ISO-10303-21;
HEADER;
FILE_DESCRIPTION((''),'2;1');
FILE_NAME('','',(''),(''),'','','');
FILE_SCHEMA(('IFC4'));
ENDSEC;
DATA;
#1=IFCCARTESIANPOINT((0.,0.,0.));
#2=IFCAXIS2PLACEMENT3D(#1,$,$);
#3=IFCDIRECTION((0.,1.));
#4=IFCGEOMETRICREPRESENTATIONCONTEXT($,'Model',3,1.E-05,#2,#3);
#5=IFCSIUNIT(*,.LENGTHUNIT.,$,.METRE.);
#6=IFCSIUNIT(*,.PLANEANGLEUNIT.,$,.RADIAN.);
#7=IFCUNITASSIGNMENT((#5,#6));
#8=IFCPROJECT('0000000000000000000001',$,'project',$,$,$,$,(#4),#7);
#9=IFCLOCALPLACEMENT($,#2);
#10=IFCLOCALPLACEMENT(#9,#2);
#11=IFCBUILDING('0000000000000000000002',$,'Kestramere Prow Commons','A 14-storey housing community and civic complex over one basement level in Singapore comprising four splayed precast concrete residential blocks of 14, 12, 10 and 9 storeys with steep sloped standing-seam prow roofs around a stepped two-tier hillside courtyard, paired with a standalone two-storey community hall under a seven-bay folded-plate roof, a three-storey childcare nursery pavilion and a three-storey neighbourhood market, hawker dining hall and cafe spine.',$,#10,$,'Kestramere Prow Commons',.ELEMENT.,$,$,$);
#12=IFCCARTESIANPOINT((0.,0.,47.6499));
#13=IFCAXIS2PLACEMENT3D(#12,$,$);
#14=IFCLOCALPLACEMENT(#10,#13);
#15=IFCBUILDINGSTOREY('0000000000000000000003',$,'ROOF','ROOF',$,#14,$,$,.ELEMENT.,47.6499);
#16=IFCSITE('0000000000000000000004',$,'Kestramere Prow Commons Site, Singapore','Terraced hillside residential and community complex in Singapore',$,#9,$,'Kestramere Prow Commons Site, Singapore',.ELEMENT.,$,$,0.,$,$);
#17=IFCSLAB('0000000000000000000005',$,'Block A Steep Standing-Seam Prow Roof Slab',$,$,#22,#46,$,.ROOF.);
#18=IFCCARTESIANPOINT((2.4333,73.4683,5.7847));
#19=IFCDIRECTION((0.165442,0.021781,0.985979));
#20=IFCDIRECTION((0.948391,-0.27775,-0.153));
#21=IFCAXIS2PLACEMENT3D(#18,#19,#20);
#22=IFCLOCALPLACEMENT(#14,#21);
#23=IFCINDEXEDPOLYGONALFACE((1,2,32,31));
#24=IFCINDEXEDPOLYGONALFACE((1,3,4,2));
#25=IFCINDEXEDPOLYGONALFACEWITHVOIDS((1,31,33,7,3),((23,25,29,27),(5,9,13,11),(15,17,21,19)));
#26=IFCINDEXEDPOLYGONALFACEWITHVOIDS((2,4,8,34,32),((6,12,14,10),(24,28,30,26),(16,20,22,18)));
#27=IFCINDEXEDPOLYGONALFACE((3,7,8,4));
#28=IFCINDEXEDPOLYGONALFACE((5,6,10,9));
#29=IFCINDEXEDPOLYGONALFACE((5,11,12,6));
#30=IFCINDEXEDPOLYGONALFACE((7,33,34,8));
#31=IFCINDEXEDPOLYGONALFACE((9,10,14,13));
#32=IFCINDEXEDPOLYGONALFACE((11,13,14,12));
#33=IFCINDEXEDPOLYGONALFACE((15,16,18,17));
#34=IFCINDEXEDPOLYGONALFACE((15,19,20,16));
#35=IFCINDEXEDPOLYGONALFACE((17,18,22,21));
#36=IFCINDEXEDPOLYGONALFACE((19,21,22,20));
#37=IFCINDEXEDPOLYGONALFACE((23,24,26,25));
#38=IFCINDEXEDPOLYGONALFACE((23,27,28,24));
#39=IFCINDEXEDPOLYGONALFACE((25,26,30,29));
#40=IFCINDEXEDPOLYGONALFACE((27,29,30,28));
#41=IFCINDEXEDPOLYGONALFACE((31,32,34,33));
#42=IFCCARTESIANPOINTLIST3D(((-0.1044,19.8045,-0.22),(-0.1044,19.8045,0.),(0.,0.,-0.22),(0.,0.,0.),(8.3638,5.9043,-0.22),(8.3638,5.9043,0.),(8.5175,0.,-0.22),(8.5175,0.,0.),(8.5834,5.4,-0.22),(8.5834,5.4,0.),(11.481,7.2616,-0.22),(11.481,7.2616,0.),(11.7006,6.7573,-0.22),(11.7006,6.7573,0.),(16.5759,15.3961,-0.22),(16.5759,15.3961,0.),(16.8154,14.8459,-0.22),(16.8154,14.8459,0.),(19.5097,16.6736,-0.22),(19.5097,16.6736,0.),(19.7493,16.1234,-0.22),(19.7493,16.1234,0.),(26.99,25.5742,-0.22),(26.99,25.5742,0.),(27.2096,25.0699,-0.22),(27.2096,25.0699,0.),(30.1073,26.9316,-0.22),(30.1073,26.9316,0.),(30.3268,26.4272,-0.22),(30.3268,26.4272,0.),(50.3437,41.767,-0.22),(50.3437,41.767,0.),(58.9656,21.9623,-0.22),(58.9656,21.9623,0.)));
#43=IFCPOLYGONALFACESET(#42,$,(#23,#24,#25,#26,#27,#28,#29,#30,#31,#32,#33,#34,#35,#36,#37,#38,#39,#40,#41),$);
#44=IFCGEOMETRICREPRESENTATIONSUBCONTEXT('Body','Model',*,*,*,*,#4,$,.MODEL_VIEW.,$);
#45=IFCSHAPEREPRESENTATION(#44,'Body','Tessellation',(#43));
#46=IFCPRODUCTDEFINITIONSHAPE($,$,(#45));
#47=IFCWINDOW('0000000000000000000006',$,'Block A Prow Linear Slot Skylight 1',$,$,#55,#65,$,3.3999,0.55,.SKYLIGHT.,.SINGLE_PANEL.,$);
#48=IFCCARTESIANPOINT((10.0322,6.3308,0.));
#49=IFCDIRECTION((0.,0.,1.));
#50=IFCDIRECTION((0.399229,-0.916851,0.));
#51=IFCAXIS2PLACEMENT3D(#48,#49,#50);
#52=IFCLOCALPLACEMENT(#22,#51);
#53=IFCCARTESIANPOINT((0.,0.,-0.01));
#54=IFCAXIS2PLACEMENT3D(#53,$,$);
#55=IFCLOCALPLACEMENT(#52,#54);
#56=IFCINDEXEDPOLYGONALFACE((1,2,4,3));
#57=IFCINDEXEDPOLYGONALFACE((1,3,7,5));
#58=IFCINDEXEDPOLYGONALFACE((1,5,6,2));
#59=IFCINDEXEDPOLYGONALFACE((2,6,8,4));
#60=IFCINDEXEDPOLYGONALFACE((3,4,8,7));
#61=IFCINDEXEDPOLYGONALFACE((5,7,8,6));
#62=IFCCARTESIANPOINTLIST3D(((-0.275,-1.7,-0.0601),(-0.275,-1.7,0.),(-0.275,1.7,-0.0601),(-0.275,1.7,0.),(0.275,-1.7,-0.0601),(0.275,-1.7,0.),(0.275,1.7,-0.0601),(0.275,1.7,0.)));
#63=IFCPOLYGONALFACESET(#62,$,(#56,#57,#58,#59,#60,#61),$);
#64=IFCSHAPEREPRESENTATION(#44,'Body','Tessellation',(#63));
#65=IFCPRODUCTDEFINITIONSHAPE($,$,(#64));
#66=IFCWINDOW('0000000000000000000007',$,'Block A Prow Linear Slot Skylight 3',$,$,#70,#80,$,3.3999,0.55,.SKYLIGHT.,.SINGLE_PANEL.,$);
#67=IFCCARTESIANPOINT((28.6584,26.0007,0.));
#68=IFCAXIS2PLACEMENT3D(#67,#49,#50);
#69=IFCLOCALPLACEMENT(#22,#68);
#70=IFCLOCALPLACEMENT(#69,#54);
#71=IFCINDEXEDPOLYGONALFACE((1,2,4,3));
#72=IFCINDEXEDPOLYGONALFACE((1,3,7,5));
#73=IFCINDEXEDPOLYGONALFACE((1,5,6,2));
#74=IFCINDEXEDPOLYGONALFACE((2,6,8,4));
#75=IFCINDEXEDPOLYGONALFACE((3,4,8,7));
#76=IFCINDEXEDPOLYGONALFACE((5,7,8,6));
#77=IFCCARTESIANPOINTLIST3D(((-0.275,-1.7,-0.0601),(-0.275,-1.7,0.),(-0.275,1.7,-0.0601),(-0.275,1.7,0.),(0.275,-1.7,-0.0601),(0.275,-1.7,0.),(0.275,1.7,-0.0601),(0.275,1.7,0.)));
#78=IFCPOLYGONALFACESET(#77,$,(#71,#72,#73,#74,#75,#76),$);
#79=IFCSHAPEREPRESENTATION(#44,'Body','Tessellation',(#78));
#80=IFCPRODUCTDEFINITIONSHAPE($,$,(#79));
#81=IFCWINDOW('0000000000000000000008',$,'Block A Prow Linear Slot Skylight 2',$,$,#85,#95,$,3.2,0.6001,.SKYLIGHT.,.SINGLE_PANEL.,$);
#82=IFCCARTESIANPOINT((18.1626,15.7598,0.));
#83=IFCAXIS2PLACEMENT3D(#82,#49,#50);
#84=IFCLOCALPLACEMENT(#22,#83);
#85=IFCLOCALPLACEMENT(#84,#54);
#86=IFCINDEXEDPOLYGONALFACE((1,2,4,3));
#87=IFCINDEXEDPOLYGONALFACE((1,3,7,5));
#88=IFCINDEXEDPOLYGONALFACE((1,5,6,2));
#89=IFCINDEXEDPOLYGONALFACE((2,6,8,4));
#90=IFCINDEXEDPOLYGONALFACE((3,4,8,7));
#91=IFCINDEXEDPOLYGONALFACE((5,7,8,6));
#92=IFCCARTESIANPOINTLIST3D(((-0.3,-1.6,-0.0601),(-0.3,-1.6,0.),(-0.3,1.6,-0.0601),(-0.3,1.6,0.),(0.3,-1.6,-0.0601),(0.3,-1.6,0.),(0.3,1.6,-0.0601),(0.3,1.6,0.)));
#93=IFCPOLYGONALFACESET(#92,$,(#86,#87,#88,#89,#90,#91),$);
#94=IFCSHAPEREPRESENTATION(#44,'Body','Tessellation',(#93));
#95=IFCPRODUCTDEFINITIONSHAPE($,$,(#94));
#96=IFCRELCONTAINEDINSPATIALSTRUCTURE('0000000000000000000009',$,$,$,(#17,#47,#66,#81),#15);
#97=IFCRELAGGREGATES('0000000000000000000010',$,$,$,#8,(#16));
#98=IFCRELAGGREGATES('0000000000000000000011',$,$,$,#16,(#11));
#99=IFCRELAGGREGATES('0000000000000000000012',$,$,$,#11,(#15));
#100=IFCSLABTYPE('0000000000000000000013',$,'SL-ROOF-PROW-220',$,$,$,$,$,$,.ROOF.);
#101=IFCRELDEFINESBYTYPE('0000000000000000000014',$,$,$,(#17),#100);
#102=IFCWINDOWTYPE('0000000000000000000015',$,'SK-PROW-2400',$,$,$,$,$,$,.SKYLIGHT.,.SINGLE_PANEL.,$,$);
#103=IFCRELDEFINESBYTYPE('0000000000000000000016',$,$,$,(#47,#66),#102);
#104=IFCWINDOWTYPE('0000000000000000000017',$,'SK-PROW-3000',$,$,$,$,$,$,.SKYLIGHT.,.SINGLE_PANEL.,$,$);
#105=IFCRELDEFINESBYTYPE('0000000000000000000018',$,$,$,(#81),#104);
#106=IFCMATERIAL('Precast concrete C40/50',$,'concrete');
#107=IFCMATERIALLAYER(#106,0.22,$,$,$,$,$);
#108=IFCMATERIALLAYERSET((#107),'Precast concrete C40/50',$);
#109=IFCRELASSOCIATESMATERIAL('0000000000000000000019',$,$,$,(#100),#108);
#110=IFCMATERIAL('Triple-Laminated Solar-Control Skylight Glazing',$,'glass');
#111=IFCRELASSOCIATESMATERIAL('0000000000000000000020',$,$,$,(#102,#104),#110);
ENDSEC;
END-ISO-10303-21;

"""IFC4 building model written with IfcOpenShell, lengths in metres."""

from ifc_helpers import new_model, si_unit, direction, frame, origin, origin_2d, place, context, subcontext, project, spatial, polyline, rectangle, outline, extrude, material, layer, layer_set, type_object, element, fill, save


model = new_model("IFC4")

# Units and contexts
model_context = context("Model", 3, precision=1e-05, world=origin(), true_north=direction((0.0, 1.0)))
body_context = subcontext(model_context, "Body", "Model", "MODEL_VIEW")
ifc_project = project(units=[si_unit("LENGTHUNIT", "METRE"), si_unit("PLANEANGLEUNIT", "RADIAN")], contexts=[model_context])

# Site, building, storey
site_placement = place(None, origin())
site = spatial("IfcSite", under=ifc_project, at=site_placement, Name="Kestramere Prow Commons Site, Singapore", Description="Terraced hillside residential and community complex in Singapore", LongName="Kestramere Prow Commons Site, Singapore", CompositionType="ELEMENT", RefElevation=0.0)
building_placement = place(site_placement, origin())
building = spatial("IfcBuilding", under=site, at=building_placement, Name="Kestramere Prow Commons", Description="A 14-storey housing community and civic complex over one basement level in Singapore comprising four splayed precast concrete residential blocks of 14, 12, 10 and 9 storeys with steep sloped standing-seam prow roofs around a stepped two-tier hillside courtyard, paired with a standalone two-storey community hall under a seven-bay folded-plate roof, a three-storey childcare nursery pavilion and a three-storey neighbourhood market, hawker dining hall and cafe spine.", LongName="Kestramere Prow Commons", CompositionType="ELEMENT")
storey_placement = place(building_placement, frame((0.0, 0.0, 47.6499)))
storey = spatial("IfcBuildingStorey", under=building, at=storey_placement, Name="ROOF", Description="ROOF", CompositionType="ELEMENT", Elevation=47.6499)

# Slab, openings, windows
ifc_material_1 = material(Name="Precast concrete C40/50", Category="concrete")
ifc_layer_1 = layer(ifc_material_1, 0.22)
ifc_layer_set_1 = layer_set([ifc_layer_1], Name="Precast concrete C40/50")
slab_type = type_object("IfcSlabType", Name="SL-ROOF-PROW-220", PredefinedType="ROOF", material=ifc_layer_set_1)
slab_placement = place(storey_placement, frame((2.4333, 73.4683, 5.7847), z_axis=(0.165442, 0.021781, 0.985979), x_axis=(0.948391, -0.27775, -0.153)))
slab = element("IfcSlab", 1, at=slab_placement, inside=storey, type_object=slab_type, Name="Block A Steep Standing-Seam Prow Roof Slab", PredefinedType="ROOF", context=body_context, shape_type="SweptSolid", body=[
    extrude(outline(polyline([(0.0, 0.0), (8.5175, 0.0), (58.9656, 21.9623), (50.3437, 41.767), (-0.1044, 19.8045), (0.0, 0.0)])), origin(), (0.0, 0.0, -1.0), 0.22),
])
opening_1_placement = place(slab_placement, frame((10.0322, 6.3308, 0.0), z_axis=(0.0, 0.0, 1.0), x_axis=(0.399229, -0.916851, 0.0)))
opening_1 = element("IfcOpeningElement", 2, at=opening_1_placement, cuts=slab, PredefinedType="OPENING", context=body_context, shape_type="SweptSolid", body=[
    extrude(rectangle(XDim=0.55, YDim=3.3999, at=origin_2d()), frame((0.0, 0.0, 0.0149), z_axis=(0.0, 0.0, -1.0), x_axis=(1.0, 0.0, 0.0)), (0.0, 0.0, 1.0), 0.25),
])
opening_2_placement = place(slab_placement, frame((18.1626, 15.7598, 0.0), z_axis=(0.0, 0.0, 1.0), x_axis=(0.399229, -0.916851, 0.0)))
opening_2 = element("IfcOpeningElement", 3, at=opening_2_placement, cuts=slab, PredefinedType="OPENING", context=body_context, shape_type="SweptSolid", body=[
    extrude(rectangle(XDim=0.6001, YDim=3.2, at=origin_2d()), frame((0.0, 0.0, 0.0149), z_axis=(0.0, 0.0, -1.0), x_axis=(1.0, 0.0, 0.0)), (0.0, 0.0, 1.0), 0.25),
])
opening_3_placement = place(slab_placement, frame((28.6584, 26.0007, 0.0), z_axis=(0.0, 0.0, 1.0), x_axis=(0.399229, -0.916851, 0.0)))
opening_3 = element("IfcOpeningElement", 4, at=opening_3_placement, cuts=slab, PredefinedType="OPENING", context=body_context, shape_type="SweptSolid", body=[
    extrude(rectangle(XDim=0.55, YDim=3.3999, at=origin_2d()), frame((0.0, 0.0, 0.0149), z_axis=(0.0, 0.0, -1.0), x_axis=(1.0, 0.0, 0.0)), (0.0, 0.0, 1.0), 0.25),
])
ifc_material_2 = material(Name="Triple-Laminated Solar-Control Skylight Glazing", Category="glass")
window_type_1 = type_object("IfcWindowType", Name="SK-PROW-2400", PartitioningType="SINGLE_PANEL", PredefinedType="SKYLIGHT", material=ifc_material_2)
window_1_placement = place(opening_1_placement, frame((0.0, 0.0, -0.01)))
window_1 = element("IfcWindow", 5, at=window_1_placement, inside=storey, type_object=window_type_1, Name="Block A Prow Linear Slot Skylight 1", OverallHeight=3.3999, OverallWidth=0.55, PartitioningType="SINGLE_PANEL", PredefinedType="SKYLIGHT", context=body_context, shape_type="SweptSolid", body=[
    extrude(rectangle(XDim=0.55, YDim=3.3999, at=origin_2d()), frame((0.0, 0.0, 0.0), z_axis=(0.0, 0.0, -1.0), x_axis=(1.0, 0.0, 0.0)), (0.0, 0.0, 1.0), 0.0601),
])
fill(opening_1, window_1)
window_2_placement = place(opening_3_placement, frame((0.0, 0.0, -0.01)))
window_2 = element("IfcWindow", 6, at=window_2_placement, inside=storey, type_object=window_type_1, Name="Block A Prow Linear Slot Skylight 3", OverallHeight=3.3999, OverallWidth=0.55, PartitioningType="SINGLE_PANEL", PredefinedType="SKYLIGHT", context=body_context, shape_type="SweptSolid", body=[
    extrude(rectangle(XDim=0.55, YDim=3.3999, at=origin_2d()), frame((0.0, 0.0, 0.0), z_axis=(0.0, 0.0, -1.0), x_axis=(1.0, 0.0, 0.0)), (0.0, 0.0, 1.0), 0.0601),
])
fill(opening_3, window_2)
window_type_2 = type_object("IfcWindowType", Name="SK-PROW-3000", PartitioningType="SINGLE_PANEL", PredefinedType="SKYLIGHT", material=ifc_material_2)
window_3_placement = place(opening_2_placement, frame((0.0, 0.0, -0.01)))
window_3 = element("IfcWindow", 7, at=window_3_placement, inside=storey, type_object=window_type_2, Name="Block A Prow Linear Slot Skylight 2", OverallHeight=3.2, OverallWidth=0.6001, PartitioningType="SINGLE_PANEL", PredefinedType="SKYLIGHT", context=body_context, shape_type="SweptSolid", body=[
    extrude(rectangle(XDim=0.6001, YDim=3.2, at=origin_2d()), frame((0.0, 0.0, 0.0), z_axis=(0.0, 0.0, -1.0), x_axis=(1.0, 0.0, 0.0)), (0.0, 0.0, 1.0), 0.0601),
])
fill(opening_2, window_3)

save(model, "model.ifc")
